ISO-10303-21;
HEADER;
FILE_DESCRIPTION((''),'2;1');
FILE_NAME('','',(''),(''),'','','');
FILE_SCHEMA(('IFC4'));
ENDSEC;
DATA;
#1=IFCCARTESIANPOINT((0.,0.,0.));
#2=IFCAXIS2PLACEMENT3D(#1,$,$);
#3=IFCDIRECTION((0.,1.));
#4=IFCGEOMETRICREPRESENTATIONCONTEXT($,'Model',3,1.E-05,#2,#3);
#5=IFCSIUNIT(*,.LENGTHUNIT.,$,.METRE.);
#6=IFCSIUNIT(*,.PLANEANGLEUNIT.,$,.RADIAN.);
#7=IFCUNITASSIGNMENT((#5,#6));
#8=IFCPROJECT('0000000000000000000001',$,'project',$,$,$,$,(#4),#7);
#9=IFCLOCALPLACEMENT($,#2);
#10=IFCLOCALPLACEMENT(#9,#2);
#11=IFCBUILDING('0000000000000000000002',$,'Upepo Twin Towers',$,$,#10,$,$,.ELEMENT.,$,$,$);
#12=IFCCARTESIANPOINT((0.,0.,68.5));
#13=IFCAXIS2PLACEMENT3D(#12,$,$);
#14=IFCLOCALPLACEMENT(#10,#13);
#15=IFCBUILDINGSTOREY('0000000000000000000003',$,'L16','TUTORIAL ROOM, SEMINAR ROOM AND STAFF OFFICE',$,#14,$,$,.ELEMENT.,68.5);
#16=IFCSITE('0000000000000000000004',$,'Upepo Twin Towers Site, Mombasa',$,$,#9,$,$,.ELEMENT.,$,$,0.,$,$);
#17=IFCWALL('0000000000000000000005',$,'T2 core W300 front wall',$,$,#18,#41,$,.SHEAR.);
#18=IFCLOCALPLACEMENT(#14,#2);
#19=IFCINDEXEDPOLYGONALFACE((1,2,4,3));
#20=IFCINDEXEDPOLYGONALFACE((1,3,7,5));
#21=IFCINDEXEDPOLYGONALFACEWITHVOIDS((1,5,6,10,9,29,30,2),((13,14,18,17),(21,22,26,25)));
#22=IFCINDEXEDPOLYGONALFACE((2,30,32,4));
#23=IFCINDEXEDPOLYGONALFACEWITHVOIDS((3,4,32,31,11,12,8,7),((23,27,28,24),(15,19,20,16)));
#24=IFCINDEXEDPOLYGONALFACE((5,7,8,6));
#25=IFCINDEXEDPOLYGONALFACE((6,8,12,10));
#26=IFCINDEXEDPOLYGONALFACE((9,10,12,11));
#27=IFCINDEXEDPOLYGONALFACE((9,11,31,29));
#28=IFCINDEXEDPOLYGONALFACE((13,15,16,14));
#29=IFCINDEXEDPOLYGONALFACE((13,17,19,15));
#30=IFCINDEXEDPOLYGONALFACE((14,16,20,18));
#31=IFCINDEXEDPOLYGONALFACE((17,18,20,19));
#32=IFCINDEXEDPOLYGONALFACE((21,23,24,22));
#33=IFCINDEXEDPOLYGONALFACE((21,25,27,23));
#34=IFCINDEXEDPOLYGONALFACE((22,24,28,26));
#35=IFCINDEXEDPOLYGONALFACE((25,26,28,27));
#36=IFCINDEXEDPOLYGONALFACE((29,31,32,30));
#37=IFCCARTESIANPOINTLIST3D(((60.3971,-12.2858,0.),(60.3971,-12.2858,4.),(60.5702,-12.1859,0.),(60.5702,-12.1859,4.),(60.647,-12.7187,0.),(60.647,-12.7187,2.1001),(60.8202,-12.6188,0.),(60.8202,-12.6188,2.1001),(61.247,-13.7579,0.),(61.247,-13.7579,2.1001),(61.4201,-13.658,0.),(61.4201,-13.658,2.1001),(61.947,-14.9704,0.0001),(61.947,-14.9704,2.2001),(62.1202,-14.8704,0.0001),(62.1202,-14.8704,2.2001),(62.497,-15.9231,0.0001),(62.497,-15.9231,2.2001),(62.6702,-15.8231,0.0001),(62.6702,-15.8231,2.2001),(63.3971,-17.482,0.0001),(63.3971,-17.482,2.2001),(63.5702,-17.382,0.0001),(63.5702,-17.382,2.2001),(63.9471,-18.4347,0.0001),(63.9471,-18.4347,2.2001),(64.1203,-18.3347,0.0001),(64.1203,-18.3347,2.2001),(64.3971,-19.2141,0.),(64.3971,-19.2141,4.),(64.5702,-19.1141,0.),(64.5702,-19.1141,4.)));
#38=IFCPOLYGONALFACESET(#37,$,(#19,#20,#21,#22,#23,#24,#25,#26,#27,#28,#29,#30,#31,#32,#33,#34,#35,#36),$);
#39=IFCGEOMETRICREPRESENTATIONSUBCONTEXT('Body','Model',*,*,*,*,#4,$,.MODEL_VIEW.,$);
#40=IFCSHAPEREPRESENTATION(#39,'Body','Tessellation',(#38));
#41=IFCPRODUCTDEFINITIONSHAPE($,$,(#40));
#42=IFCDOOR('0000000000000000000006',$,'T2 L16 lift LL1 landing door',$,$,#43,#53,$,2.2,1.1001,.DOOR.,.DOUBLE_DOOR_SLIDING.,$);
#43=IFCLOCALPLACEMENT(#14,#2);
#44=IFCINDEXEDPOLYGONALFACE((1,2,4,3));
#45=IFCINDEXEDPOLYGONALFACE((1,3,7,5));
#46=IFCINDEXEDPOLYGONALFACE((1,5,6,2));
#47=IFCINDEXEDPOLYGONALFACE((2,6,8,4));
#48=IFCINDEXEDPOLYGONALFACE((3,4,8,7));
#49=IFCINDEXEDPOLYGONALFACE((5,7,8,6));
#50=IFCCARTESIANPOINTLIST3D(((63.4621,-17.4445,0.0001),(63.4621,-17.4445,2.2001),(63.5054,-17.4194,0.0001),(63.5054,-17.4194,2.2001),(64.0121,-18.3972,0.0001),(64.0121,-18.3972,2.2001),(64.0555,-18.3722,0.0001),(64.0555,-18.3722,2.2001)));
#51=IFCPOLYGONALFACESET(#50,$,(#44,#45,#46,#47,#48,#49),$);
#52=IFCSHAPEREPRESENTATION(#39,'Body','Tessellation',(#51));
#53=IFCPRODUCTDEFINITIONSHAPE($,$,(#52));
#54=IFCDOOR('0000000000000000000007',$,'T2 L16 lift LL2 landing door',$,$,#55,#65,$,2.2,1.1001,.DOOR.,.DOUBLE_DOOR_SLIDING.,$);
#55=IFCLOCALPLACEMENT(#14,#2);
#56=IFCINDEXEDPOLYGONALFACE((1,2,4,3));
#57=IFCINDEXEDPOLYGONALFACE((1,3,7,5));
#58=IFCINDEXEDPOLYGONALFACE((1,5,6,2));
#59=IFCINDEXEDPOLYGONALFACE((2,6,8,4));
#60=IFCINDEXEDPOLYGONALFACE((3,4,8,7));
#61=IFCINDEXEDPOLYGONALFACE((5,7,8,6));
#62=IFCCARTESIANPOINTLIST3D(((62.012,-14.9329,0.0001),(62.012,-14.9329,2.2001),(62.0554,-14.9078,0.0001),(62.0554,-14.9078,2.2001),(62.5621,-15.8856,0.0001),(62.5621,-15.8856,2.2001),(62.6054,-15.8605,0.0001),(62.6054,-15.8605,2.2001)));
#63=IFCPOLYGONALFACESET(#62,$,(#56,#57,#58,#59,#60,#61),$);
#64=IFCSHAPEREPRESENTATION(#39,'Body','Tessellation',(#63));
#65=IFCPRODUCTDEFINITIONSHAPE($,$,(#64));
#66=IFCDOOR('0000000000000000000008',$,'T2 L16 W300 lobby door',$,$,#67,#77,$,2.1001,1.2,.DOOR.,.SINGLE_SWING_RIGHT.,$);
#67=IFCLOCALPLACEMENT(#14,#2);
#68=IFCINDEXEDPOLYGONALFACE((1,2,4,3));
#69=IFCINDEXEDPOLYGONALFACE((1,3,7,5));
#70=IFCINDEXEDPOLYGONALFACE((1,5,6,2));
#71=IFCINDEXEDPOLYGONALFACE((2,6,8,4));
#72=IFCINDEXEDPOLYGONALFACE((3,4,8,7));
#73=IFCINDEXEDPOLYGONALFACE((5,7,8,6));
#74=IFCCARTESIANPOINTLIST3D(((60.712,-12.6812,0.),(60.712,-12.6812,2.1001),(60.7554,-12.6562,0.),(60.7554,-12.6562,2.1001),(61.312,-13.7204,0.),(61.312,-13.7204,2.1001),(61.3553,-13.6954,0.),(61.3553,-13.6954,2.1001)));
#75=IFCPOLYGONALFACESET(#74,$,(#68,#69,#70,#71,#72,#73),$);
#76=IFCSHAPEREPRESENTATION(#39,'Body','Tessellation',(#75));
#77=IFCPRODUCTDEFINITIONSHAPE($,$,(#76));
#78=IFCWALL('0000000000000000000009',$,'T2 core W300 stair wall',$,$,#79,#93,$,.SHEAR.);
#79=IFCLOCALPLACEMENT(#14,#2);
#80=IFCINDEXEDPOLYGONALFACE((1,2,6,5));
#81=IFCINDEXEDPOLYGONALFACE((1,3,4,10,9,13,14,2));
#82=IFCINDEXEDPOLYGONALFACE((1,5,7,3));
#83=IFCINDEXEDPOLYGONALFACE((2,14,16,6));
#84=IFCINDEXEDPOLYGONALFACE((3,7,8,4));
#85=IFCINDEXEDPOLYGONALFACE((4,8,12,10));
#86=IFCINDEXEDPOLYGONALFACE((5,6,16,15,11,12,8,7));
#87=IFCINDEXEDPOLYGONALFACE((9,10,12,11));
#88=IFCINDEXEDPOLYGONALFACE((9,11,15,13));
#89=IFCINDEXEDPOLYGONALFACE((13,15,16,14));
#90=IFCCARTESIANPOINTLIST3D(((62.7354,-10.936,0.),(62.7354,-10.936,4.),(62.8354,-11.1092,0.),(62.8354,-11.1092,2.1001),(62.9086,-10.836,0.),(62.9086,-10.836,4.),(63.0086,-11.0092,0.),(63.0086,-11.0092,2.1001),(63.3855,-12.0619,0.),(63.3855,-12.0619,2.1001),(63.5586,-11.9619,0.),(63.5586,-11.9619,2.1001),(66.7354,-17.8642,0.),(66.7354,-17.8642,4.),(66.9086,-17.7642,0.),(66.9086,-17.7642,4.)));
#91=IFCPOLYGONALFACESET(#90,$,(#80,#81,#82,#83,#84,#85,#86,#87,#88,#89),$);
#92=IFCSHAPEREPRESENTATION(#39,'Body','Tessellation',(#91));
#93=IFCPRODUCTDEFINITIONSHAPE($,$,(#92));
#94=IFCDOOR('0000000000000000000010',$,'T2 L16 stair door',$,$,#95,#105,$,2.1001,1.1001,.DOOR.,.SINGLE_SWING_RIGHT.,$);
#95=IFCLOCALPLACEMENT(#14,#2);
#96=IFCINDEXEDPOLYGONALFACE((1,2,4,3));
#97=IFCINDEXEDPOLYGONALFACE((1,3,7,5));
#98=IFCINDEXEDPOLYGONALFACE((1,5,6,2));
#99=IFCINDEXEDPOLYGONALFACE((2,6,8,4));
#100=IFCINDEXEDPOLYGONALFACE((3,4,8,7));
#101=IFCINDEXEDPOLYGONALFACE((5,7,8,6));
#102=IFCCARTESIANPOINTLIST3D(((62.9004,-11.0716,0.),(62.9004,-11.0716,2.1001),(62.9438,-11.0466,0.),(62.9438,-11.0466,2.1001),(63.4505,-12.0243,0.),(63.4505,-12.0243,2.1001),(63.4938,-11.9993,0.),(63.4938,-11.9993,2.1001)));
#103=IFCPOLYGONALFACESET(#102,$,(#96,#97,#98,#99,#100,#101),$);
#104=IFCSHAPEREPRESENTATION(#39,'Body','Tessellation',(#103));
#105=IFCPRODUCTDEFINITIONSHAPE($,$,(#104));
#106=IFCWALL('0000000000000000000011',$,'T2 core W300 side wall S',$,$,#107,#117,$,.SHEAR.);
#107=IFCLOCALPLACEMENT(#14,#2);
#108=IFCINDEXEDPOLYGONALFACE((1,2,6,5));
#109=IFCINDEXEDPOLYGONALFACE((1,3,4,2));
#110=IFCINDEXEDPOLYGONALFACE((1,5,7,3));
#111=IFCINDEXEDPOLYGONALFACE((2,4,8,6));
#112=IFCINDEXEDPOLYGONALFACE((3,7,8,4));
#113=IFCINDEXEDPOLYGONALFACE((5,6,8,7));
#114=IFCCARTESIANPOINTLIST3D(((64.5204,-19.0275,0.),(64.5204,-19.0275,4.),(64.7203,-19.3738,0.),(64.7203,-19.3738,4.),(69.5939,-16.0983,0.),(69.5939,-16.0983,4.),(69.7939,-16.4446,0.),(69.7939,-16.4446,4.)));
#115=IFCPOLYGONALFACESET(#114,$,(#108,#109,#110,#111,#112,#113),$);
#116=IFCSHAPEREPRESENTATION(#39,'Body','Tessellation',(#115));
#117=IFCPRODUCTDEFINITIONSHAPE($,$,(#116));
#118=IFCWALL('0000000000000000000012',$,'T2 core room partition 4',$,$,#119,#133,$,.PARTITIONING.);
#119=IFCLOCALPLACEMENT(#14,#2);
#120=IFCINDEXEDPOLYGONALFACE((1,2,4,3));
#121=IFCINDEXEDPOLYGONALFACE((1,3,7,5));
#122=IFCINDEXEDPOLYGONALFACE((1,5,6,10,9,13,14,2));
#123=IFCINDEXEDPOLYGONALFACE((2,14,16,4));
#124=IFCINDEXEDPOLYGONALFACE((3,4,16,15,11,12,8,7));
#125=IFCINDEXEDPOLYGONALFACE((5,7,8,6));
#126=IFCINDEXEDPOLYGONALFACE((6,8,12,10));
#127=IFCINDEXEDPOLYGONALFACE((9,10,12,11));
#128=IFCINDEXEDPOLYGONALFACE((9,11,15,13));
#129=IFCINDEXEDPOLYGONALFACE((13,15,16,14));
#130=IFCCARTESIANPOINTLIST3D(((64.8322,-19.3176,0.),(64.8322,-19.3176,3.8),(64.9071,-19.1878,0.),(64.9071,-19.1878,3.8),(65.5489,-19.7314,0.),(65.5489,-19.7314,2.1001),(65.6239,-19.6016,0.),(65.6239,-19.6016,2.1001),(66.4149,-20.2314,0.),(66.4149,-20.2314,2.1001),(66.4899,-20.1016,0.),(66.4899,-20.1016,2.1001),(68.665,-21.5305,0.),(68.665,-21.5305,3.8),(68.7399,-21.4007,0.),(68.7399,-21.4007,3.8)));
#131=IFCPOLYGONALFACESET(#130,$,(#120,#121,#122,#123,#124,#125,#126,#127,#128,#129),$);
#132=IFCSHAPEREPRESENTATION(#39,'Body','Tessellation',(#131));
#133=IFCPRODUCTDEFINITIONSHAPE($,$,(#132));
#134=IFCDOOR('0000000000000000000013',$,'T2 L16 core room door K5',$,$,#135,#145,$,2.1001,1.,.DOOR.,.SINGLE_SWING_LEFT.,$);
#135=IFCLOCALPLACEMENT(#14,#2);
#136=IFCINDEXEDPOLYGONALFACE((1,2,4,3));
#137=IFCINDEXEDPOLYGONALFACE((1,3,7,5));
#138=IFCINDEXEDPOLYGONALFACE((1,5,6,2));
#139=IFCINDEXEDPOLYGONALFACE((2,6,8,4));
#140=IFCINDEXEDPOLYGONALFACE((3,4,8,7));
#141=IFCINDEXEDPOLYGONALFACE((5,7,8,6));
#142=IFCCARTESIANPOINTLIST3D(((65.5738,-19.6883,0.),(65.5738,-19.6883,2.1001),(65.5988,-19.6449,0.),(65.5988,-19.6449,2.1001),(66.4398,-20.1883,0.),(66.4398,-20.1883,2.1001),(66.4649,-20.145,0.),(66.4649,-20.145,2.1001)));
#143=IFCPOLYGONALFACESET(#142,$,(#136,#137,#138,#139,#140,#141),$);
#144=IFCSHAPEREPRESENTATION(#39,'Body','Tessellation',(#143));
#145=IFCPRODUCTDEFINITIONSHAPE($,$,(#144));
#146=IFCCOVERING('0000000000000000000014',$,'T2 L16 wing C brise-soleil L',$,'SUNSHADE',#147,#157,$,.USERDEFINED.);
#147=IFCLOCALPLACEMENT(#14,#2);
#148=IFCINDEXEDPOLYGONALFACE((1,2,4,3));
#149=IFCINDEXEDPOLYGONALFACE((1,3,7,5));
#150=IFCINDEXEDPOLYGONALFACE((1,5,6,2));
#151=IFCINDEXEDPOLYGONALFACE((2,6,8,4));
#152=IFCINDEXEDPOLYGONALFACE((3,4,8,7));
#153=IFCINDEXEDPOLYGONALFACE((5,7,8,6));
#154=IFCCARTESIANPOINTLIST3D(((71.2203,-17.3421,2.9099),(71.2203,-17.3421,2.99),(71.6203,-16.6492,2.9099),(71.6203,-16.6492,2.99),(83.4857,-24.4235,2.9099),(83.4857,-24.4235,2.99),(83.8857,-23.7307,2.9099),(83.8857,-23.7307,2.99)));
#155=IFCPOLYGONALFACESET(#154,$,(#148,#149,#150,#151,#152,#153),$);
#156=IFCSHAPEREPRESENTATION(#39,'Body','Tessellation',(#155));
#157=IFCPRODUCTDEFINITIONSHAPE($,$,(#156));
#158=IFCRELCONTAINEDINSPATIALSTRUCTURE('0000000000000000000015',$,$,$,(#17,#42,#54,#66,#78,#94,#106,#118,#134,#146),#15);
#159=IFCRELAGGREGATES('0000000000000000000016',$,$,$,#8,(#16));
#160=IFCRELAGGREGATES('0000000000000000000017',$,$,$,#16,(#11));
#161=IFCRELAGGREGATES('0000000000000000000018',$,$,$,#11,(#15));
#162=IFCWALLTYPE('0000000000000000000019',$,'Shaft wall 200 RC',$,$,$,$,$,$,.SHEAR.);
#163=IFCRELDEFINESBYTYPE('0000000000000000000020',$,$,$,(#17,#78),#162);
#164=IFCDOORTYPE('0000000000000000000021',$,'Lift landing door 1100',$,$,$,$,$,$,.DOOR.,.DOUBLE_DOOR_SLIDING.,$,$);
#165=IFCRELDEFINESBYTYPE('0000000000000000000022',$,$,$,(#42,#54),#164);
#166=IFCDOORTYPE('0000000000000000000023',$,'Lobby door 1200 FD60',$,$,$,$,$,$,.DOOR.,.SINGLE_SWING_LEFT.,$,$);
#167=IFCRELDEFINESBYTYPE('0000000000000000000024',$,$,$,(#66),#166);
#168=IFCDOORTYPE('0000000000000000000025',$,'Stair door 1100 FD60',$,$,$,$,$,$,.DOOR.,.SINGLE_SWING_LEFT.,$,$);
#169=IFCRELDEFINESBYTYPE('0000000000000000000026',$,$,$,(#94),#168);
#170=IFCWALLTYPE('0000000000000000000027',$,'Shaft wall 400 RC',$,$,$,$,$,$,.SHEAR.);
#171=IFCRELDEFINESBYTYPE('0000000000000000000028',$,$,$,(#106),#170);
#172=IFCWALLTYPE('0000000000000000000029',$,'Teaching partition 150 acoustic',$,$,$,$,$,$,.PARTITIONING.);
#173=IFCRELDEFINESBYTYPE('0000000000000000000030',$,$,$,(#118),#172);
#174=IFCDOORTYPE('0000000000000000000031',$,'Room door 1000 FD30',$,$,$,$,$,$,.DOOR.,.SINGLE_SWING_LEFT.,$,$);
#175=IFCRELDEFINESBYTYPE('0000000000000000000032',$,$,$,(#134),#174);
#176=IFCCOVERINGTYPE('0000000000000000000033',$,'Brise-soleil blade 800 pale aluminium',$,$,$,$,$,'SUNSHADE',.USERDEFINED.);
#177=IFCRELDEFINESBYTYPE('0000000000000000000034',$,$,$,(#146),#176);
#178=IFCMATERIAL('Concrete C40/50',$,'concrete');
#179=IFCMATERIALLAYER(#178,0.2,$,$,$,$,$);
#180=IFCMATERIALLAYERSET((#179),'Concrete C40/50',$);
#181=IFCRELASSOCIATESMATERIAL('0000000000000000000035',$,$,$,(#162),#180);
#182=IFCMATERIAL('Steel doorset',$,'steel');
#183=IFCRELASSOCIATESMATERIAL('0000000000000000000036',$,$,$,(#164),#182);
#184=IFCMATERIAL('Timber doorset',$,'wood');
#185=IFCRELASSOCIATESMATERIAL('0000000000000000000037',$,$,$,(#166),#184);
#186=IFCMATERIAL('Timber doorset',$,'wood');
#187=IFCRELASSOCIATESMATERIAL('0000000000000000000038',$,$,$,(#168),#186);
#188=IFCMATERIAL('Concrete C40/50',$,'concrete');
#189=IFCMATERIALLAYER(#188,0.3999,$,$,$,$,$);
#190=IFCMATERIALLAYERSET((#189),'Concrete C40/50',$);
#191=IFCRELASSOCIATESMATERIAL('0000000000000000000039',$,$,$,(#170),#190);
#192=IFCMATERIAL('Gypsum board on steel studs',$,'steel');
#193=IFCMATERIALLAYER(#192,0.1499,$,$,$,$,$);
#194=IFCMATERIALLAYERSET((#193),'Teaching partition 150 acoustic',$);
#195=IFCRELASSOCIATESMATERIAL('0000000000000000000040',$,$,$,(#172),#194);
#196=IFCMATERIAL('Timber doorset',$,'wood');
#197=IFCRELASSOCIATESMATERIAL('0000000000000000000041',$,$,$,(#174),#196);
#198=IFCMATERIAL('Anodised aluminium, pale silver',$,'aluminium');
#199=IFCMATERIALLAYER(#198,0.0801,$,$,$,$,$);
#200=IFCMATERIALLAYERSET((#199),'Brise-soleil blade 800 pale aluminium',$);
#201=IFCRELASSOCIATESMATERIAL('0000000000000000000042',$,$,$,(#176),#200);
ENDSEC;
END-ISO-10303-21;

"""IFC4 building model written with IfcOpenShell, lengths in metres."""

from ifc_helpers import new_model, si_unit, direction, frame, frame_2d, origin, origin_2d, place, context, subcontext, project, spatial, rectangle, extrude, material, layer, layer_set, type_object, element, fill, save


model = new_model("IFC4")

# Units and contexts
model_context = context("Model", 3, precision=1e-05, world=origin(), true_north=direction((0.0, 1.0)))
body_context = subcontext(model_context, "Body", "Model", "MODEL_VIEW")
ifc_project = project(units=[si_unit("LENGTHUNIT", "METRE"), si_unit("PLANEANGLEUNIT", "RADIAN")], contexts=[model_context])

# Site, building, storey
site_placement = place(None, origin())
site = spatial("IfcSite", under=ifc_project, at=site_placement, Name="Upepo Twin Towers Site, Mombasa", CompositionType="ELEMENT", RefElevation=0.0)
building_placement = place(site_placement, origin())
building = spatial("IfcBuilding", under=site, at=building_placement, Name="Upepo Twin Towers", CompositionType="ELEMENT")
storey_placement = place(building_placement, frame((0.0, 0.0, 68.5)))
storey = spatial("IfcBuildingStorey", under=building, at=storey_placement, Name="L16", Description="TUTORIAL ROOM, SEMINAR ROOM AND STAFF OFFICE", CompositionType="ELEMENT", Elevation=68.5)

# Wall, openings, doors
ifc_material_1 = material(Name="Concrete C40/50", Category="concrete")
ifc_layer_1 = layer(ifc_material_1, 0.2)
ifc_layer_set_1 = layer_set([ifc_layer_1], Name="Concrete C40/50")
wall_type_1 = type_object("IfcWallType", Name="Shaft wall 200 RC", PredefinedType="SHEAR", material=ifc_layer_set_1)
wall_1_placement = place(storey_placement, frame((64.4836, -19.1641, 0.0), z_axis=(0.0, 0.0, 1.0), x_axis=(-0.499999, 0.866026, 0.0)))
wall_1 = element("IfcWall", 1, at=wall_1_placement, inside=storey, type_object=wall_type_1, Name="T2 core W300 front wall", PredefinedType="SHEAR", context=body_context, shape_type="SweptSolid", body=[
    extrude(rectangle(XDim=8.0, YDim=0.2, at=frame_2d((4.0, 0.0))), origin(), (0.0, 0.0, 1.0), 4.0),
])
opening_1_placement = place(wall_1_placement, frame((6.3, 0.0, 0.0)))
opening_1 = element("IfcOpeningElement", 2, at=opening_1_placement, cuts=wall_1, PredefinedType="OPENING", context=body_context, shape_type="SweptSolid", body=[
    extrude(rectangle(XDim=1.2, YDim=2.1001, at=frame_2d((0.6001, 1.05))), frame((0.0, 0.1099, 0.0), z_axis=(0.0, -1.0, 0.0), x_axis=(1.0, 0.0, 0.0)), (0.0, 0.0, 1.0), 0.22),
])
opening_2_placement = place(wall_1_placement, frame((0.8999, 0.0, 0.0)))
opening_2 = element("IfcOpeningElement", 3, at=opening_2_placement, cuts=wall_1, PredefinedType="OPENING", context=body_context, shape_type="SweptSolid", body=[
    extrude(rectangle(XDim=1.1001, YDim=2.2, at=frame_2d((0.55, 1.1001))), frame((0.0, 0.1099, 0.0), z_axis=(0.0, -1.0, 0.0), x_axis=(1.0, 0.0, 0.0)), (0.0, 0.0, 1.0), 0.22),
])
opening_3_placement = place(wall_1_placement, frame((3.8, 0.0, 0.0)))
opening_3 = element("IfcOpeningElement", 4, at=opening_3_placement, cuts=wall_1, PredefinedType="OPENING", context=body_context, shape_type="SweptSolid", body=[
    extrude(rectangle(XDim=1.1001, YDim=2.2, at=frame_2d((0.55, 1.1001))), frame((0.0, 0.1099, 0.0), z_axis=(0.0, -1.0, 0.0), x_axis=(1.0, 0.0, 0.0)), (0.0, 0.0, 1.0), 0.22),
])
ifc_material_2 = material(Name="Steel doorset", Category="steel")
door_type_1 = type_object("IfcDoorType", Name="Lift landing door 1100", OperationType="DOUBLE_DOOR_SLIDING", PredefinedType="DOOR", material=ifc_material_2)
door_1_placement = place(opening_2_placement, origin())
door_1 = element("IfcDoor", 5, at=door_1_placement, inside=storey, type_object=door_type_1, Name="T2 L16 lift LL1 landing door", OperationType="DOUBLE_DOOR_SLIDING", OverallHeight=2.2, OverallWidth=1.1001, PredefinedType="DOOR", context=body_context, shape_type="SweptSolid", body=[
    extrude(rectangle(XDim=1.1001, YDim=2.2, at=frame_2d((0.55, 1.1001))), frame((0.0, 0.0249, 0.0), z_axis=(0.0, -1.0, 0.0), x_axis=(1.0, 0.0, 0.0)), (0.0, 0.0, 1.0), 0.05),
])
fill(opening_2, door_1)
door_2_placement = place(opening_3_placement, origin())
door_2 = element("IfcDoor", 6, at=door_2_placement, inside=storey, type_object=door_type_1, Name="T2 L16 lift LL2 landing door", OperationType="DOUBLE_DOOR_SLIDING", OverallHeight=2.2, OverallWidth=1.1001, PredefinedType="DOOR", context=body_context, shape_type="SweptSolid", body=[
    extrude(rectangle(XDim=1.1001, YDim=2.2, at=frame_2d((0.55, 1.1001))), frame((0.0, 0.0249, 0.0), z_axis=(0.0, -1.0, 0.0), x_axis=(1.0, 0.0, 0.0)), (0.0, 0.0, 1.0), 0.05),
])
fill(opening_3, door_2)
ifc_material_3 = material(Name="Timber doorset", Category="wood")
door_type_2 = type_object("IfcDoorType", Name="Lobby door 1200 FD60", OperationType="SINGLE_SWING_LEFT", PredefinedType="DOOR", material=ifc_material_3)
door_3_placement = place(opening_1_placement, origin())
door_3 = element("IfcDoor", 7, at=door_3_placement, inside=storey, type_object=door_type_2, Name="T2 L16 W300 lobby door", OperationType="SINGLE_SWING_RIGHT", OverallHeight=2.1001, OverallWidth=1.2, PredefinedType="DOOR", context=body_context, shape_type="SweptSolid", body=[
    extrude(rectangle(XDim=1.2, YDim=2.1001, at=frame_2d((0.6001, 1.05))), frame((0.0, 0.0249, 0.0), z_axis=(0.0, -1.0, 0.0), x_axis=(1.0, 0.0, 0.0)), (0.0, 0.0, 1.0), 0.05),
])
fill(opening_1, door_3)

# Wall, opening, door
wall_2_placement = place(storey_placement, frame((66.822, -17.8142, 0.0), z_axis=(0.0, 0.0, 1.0), x_axis=(-0.499999, 0.866026, 0.0)))
wall_2 = element("IfcWall", 8, at=wall_2_placement, inside=storey, type_object=wall_type_1, Name="T2 core W300 stair wall", PredefinedType="SHEAR", context=body_context, shape_type="SweptSolid", body=[
    extrude(rectangle(XDim=8.0, YDim=0.2, at=frame_2d((4.0, 0.0))), origin(), (0.0, 0.0, 1.0), 4.0),
])
opening_4_placement = place(wall_2_placement, frame((6.7, 0.0, 0.0)))
opening_4 = element("IfcOpeningElement", 9, at=opening_4_placement, cuts=wall_2, PredefinedType="OPENING", context=body_context, shape_type="SweptSolid", body=[
    extrude(rectangle(XDim=1.1001, YDim=2.1001, at=frame_2d((0.55, 1.05))), frame((0.0, 0.1099, 0.0), z_axis=(0.0, -1.0, 0.0), x_axis=(1.0, 0.0, 0.0)), (0.0, 0.0, 1.0), 0.22),
])
ifc_material_4 = material(Name="Timber doorset", Category="wood")
door_type_3 = type_object("IfcDoorType", Name="Stair door 1100 FD60", OperationType="SINGLE_SWING_LEFT", PredefinedType="DOOR", material=ifc_material_4)
door_4_placement = place(opening_4_placement, origin())
door_4 = element("IfcDoor", 10, at=door_4_placement, inside=storey, type_object=door_type_3, Name="T2 L16 stair door", OperationType="SINGLE_SWING_RIGHT", OverallHeight=2.1001, OverallWidth=1.1001, PredefinedType="DOOR", context=body_context, shape_type="SweptSolid", body=[
    extrude(rectangle(XDim=1.1001, YDim=2.1001, at=frame_2d((0.55, 1.05))), frame((0.0, 0.0249, 0.0), z_axis=(0.0, -1.0, 0.0), x_axis=(1.0, 0.0, 0.0)), (0.0, 0.0, 1.0), 0.05),
])
fill(opening_4, door_4)

# Wall
ifc_material_5 = material(Name="Concrete C40/50", Category="concrete")
ifc_layer_2 = layer(ifc_material_5, 0.3999)
ifc_layer_set_2 = layer_set([ifc_layer_2], Name="Concrete C40/50")
wall_type_2 = type_object("IfcWallType", Name="Shaft wall 400 RC", PredefinedType="SHEAR", material=ifc_layer_set_2)
wall_3_placement = place(storey_placement, frame((64.6204, -19.2007, 0.0), z_axis=(0.0, 0.0, 1.0), x_axis=(0.866024, 0.500003, 0.0)))
element("IfcWall", 11, at=wall_3_placement, inside=storey, type_object=wall_type_2, Name="T2 core W300 side wall S", PredefinedType="SHEAR", context=body_context, shape_type="SweptSolid", body=[
    extrude(rectangle(XDim=5.8584, YDim=0.3999, at=frame_2d((2.9292, 0.0))), origin(), (0.0, 0.0, 1.0), 4.0),
])

# Wall, opening, door
ifc_material_6 = material(Name="Gypsum board on steel studs", Category="steel")
ifc_layer_3 = layer(ifc_material_6, 0.1499)
ifc_layer_set_3 = layer_set([ifc_layer_3], Name="Teaching partition 150 acoustic")
wall_type_3 = type_object("IfcWallType", Name="Teaching partition 150 acoustic", PredefinedType="PARTITIONING", material=ifc_layer_set_3)
wall_4_placement = place(storey_placement, frame((64.8696, -19.2527, 0.0), z_axis=(0.0, 0.0, 1.0), x_axis=(0.866021, -0.500007, 0.0)))
wall_4 = element("IfcWall", 12, at=wall_4_placement, inside=storey, type_object=wall_type_3, Name="T2 core room partition 4", PredefinedType="PARTITIONING", context=body_context, shape_type="SweptSolid", body=[
    extrude(rectangle(XDim=4.4258, YDim=0.1499, at=frame_2d((2.2129, 0.0))), origin(), (0.0, 0.0, 1.0), 3.8),
])
opening_5_placement = place(wall_4_placement, frame((0.8276, 0.0, 0.0)))
opening_5 = element("IfcOpeningElement", 13, at=opening_5_placement, cuts=wall_4, PredefinedType="OPENING", context=body_context, shape_type="SweptSolid", body=[
    extrude(rectangle(XDim=1.0, YDim=2.1001, at=frame_2d((0.5, 1.05))), frame((0.0, 0.085, 0.0), z_axis=(0.0, -1.0, 0.0), x_axis=(1.0, 0.0, 0.0)), (0.0, 0.0, 1.0), 0.1699),
])
ifc_material_7 = material(Name="Timber doorset", Category="wood")
door_type_4 = type_object("IfcDoorType", Name="Room door 1000 FD30", OperationType="SINGLE_SWING_LEFT", PredefinedType="DOOR", material=ifc_material_7)
door_5_placement = place(opening_5_placement, origin())
door_5 = element("IfcDoor", 14, at=door_5_placement, inside=storey, type_object=door_type_4, Name="T2 L16 core room door K5", OperationType="SINGLE_SWING_LEFT", OverallHeight=2.1001, OverallWidth=1.0, PredefinedType="DOOR", context=body_context, shape_type="SweptSolid", body=[
    extrude(rectangle(XDim=1.0, YDim=2.1001, at=frame_2d((0.5, 1.05))), frame((0.0, 0.0249, 0.0), z_axis=(0.0, -1.0, 0.0), x_axis=(1.0, 0.0, 0.0)), (0.0, 0.0, 1.0), 0.05),
])
fill(opening_5, door_5)

# Covering
ifc_material_8 = material(Name="Anodised aluminium, pale silver", Category="aluminium")
ifc_layer_4 = layer(ifc_material_8, 0.0801)
ifc_layer_set_4 = layer_set([ifc_layer_4], Name="Brise-soleil blade 800 pale aluminium")
covering_type = type_object("IfcCoveringType", Name="Brise-soleil blade 800 pale aluminium", ElementType="SUNSHADE", PredefinedType="USERDEFINED", material=ifc_layer_set_4)
covering_placement = place(storey_placement, frame((77.553, -20.5364, 2.9099), z_axis=(0.0, 0.0, 1.0), x_axis=(0.866025, -0.5, 0.0)))
element("IfcCovering", 15, at=covering_placement, inside=storey, type_object=covering_type, Name="T2 L16 wing C brise-soleil L", ObjectType="SUNSHADE", PredefinedType="USERDEFINED", context=body_context, shape_type="SweptSolid", body=[
    extrude(rectangle(XDim=14.1628, YDim=0.8, at=origin_2d()), origin(), (0.0, 0.0, 1.0), 0.0801),
])

save(model, "model.ifc")
